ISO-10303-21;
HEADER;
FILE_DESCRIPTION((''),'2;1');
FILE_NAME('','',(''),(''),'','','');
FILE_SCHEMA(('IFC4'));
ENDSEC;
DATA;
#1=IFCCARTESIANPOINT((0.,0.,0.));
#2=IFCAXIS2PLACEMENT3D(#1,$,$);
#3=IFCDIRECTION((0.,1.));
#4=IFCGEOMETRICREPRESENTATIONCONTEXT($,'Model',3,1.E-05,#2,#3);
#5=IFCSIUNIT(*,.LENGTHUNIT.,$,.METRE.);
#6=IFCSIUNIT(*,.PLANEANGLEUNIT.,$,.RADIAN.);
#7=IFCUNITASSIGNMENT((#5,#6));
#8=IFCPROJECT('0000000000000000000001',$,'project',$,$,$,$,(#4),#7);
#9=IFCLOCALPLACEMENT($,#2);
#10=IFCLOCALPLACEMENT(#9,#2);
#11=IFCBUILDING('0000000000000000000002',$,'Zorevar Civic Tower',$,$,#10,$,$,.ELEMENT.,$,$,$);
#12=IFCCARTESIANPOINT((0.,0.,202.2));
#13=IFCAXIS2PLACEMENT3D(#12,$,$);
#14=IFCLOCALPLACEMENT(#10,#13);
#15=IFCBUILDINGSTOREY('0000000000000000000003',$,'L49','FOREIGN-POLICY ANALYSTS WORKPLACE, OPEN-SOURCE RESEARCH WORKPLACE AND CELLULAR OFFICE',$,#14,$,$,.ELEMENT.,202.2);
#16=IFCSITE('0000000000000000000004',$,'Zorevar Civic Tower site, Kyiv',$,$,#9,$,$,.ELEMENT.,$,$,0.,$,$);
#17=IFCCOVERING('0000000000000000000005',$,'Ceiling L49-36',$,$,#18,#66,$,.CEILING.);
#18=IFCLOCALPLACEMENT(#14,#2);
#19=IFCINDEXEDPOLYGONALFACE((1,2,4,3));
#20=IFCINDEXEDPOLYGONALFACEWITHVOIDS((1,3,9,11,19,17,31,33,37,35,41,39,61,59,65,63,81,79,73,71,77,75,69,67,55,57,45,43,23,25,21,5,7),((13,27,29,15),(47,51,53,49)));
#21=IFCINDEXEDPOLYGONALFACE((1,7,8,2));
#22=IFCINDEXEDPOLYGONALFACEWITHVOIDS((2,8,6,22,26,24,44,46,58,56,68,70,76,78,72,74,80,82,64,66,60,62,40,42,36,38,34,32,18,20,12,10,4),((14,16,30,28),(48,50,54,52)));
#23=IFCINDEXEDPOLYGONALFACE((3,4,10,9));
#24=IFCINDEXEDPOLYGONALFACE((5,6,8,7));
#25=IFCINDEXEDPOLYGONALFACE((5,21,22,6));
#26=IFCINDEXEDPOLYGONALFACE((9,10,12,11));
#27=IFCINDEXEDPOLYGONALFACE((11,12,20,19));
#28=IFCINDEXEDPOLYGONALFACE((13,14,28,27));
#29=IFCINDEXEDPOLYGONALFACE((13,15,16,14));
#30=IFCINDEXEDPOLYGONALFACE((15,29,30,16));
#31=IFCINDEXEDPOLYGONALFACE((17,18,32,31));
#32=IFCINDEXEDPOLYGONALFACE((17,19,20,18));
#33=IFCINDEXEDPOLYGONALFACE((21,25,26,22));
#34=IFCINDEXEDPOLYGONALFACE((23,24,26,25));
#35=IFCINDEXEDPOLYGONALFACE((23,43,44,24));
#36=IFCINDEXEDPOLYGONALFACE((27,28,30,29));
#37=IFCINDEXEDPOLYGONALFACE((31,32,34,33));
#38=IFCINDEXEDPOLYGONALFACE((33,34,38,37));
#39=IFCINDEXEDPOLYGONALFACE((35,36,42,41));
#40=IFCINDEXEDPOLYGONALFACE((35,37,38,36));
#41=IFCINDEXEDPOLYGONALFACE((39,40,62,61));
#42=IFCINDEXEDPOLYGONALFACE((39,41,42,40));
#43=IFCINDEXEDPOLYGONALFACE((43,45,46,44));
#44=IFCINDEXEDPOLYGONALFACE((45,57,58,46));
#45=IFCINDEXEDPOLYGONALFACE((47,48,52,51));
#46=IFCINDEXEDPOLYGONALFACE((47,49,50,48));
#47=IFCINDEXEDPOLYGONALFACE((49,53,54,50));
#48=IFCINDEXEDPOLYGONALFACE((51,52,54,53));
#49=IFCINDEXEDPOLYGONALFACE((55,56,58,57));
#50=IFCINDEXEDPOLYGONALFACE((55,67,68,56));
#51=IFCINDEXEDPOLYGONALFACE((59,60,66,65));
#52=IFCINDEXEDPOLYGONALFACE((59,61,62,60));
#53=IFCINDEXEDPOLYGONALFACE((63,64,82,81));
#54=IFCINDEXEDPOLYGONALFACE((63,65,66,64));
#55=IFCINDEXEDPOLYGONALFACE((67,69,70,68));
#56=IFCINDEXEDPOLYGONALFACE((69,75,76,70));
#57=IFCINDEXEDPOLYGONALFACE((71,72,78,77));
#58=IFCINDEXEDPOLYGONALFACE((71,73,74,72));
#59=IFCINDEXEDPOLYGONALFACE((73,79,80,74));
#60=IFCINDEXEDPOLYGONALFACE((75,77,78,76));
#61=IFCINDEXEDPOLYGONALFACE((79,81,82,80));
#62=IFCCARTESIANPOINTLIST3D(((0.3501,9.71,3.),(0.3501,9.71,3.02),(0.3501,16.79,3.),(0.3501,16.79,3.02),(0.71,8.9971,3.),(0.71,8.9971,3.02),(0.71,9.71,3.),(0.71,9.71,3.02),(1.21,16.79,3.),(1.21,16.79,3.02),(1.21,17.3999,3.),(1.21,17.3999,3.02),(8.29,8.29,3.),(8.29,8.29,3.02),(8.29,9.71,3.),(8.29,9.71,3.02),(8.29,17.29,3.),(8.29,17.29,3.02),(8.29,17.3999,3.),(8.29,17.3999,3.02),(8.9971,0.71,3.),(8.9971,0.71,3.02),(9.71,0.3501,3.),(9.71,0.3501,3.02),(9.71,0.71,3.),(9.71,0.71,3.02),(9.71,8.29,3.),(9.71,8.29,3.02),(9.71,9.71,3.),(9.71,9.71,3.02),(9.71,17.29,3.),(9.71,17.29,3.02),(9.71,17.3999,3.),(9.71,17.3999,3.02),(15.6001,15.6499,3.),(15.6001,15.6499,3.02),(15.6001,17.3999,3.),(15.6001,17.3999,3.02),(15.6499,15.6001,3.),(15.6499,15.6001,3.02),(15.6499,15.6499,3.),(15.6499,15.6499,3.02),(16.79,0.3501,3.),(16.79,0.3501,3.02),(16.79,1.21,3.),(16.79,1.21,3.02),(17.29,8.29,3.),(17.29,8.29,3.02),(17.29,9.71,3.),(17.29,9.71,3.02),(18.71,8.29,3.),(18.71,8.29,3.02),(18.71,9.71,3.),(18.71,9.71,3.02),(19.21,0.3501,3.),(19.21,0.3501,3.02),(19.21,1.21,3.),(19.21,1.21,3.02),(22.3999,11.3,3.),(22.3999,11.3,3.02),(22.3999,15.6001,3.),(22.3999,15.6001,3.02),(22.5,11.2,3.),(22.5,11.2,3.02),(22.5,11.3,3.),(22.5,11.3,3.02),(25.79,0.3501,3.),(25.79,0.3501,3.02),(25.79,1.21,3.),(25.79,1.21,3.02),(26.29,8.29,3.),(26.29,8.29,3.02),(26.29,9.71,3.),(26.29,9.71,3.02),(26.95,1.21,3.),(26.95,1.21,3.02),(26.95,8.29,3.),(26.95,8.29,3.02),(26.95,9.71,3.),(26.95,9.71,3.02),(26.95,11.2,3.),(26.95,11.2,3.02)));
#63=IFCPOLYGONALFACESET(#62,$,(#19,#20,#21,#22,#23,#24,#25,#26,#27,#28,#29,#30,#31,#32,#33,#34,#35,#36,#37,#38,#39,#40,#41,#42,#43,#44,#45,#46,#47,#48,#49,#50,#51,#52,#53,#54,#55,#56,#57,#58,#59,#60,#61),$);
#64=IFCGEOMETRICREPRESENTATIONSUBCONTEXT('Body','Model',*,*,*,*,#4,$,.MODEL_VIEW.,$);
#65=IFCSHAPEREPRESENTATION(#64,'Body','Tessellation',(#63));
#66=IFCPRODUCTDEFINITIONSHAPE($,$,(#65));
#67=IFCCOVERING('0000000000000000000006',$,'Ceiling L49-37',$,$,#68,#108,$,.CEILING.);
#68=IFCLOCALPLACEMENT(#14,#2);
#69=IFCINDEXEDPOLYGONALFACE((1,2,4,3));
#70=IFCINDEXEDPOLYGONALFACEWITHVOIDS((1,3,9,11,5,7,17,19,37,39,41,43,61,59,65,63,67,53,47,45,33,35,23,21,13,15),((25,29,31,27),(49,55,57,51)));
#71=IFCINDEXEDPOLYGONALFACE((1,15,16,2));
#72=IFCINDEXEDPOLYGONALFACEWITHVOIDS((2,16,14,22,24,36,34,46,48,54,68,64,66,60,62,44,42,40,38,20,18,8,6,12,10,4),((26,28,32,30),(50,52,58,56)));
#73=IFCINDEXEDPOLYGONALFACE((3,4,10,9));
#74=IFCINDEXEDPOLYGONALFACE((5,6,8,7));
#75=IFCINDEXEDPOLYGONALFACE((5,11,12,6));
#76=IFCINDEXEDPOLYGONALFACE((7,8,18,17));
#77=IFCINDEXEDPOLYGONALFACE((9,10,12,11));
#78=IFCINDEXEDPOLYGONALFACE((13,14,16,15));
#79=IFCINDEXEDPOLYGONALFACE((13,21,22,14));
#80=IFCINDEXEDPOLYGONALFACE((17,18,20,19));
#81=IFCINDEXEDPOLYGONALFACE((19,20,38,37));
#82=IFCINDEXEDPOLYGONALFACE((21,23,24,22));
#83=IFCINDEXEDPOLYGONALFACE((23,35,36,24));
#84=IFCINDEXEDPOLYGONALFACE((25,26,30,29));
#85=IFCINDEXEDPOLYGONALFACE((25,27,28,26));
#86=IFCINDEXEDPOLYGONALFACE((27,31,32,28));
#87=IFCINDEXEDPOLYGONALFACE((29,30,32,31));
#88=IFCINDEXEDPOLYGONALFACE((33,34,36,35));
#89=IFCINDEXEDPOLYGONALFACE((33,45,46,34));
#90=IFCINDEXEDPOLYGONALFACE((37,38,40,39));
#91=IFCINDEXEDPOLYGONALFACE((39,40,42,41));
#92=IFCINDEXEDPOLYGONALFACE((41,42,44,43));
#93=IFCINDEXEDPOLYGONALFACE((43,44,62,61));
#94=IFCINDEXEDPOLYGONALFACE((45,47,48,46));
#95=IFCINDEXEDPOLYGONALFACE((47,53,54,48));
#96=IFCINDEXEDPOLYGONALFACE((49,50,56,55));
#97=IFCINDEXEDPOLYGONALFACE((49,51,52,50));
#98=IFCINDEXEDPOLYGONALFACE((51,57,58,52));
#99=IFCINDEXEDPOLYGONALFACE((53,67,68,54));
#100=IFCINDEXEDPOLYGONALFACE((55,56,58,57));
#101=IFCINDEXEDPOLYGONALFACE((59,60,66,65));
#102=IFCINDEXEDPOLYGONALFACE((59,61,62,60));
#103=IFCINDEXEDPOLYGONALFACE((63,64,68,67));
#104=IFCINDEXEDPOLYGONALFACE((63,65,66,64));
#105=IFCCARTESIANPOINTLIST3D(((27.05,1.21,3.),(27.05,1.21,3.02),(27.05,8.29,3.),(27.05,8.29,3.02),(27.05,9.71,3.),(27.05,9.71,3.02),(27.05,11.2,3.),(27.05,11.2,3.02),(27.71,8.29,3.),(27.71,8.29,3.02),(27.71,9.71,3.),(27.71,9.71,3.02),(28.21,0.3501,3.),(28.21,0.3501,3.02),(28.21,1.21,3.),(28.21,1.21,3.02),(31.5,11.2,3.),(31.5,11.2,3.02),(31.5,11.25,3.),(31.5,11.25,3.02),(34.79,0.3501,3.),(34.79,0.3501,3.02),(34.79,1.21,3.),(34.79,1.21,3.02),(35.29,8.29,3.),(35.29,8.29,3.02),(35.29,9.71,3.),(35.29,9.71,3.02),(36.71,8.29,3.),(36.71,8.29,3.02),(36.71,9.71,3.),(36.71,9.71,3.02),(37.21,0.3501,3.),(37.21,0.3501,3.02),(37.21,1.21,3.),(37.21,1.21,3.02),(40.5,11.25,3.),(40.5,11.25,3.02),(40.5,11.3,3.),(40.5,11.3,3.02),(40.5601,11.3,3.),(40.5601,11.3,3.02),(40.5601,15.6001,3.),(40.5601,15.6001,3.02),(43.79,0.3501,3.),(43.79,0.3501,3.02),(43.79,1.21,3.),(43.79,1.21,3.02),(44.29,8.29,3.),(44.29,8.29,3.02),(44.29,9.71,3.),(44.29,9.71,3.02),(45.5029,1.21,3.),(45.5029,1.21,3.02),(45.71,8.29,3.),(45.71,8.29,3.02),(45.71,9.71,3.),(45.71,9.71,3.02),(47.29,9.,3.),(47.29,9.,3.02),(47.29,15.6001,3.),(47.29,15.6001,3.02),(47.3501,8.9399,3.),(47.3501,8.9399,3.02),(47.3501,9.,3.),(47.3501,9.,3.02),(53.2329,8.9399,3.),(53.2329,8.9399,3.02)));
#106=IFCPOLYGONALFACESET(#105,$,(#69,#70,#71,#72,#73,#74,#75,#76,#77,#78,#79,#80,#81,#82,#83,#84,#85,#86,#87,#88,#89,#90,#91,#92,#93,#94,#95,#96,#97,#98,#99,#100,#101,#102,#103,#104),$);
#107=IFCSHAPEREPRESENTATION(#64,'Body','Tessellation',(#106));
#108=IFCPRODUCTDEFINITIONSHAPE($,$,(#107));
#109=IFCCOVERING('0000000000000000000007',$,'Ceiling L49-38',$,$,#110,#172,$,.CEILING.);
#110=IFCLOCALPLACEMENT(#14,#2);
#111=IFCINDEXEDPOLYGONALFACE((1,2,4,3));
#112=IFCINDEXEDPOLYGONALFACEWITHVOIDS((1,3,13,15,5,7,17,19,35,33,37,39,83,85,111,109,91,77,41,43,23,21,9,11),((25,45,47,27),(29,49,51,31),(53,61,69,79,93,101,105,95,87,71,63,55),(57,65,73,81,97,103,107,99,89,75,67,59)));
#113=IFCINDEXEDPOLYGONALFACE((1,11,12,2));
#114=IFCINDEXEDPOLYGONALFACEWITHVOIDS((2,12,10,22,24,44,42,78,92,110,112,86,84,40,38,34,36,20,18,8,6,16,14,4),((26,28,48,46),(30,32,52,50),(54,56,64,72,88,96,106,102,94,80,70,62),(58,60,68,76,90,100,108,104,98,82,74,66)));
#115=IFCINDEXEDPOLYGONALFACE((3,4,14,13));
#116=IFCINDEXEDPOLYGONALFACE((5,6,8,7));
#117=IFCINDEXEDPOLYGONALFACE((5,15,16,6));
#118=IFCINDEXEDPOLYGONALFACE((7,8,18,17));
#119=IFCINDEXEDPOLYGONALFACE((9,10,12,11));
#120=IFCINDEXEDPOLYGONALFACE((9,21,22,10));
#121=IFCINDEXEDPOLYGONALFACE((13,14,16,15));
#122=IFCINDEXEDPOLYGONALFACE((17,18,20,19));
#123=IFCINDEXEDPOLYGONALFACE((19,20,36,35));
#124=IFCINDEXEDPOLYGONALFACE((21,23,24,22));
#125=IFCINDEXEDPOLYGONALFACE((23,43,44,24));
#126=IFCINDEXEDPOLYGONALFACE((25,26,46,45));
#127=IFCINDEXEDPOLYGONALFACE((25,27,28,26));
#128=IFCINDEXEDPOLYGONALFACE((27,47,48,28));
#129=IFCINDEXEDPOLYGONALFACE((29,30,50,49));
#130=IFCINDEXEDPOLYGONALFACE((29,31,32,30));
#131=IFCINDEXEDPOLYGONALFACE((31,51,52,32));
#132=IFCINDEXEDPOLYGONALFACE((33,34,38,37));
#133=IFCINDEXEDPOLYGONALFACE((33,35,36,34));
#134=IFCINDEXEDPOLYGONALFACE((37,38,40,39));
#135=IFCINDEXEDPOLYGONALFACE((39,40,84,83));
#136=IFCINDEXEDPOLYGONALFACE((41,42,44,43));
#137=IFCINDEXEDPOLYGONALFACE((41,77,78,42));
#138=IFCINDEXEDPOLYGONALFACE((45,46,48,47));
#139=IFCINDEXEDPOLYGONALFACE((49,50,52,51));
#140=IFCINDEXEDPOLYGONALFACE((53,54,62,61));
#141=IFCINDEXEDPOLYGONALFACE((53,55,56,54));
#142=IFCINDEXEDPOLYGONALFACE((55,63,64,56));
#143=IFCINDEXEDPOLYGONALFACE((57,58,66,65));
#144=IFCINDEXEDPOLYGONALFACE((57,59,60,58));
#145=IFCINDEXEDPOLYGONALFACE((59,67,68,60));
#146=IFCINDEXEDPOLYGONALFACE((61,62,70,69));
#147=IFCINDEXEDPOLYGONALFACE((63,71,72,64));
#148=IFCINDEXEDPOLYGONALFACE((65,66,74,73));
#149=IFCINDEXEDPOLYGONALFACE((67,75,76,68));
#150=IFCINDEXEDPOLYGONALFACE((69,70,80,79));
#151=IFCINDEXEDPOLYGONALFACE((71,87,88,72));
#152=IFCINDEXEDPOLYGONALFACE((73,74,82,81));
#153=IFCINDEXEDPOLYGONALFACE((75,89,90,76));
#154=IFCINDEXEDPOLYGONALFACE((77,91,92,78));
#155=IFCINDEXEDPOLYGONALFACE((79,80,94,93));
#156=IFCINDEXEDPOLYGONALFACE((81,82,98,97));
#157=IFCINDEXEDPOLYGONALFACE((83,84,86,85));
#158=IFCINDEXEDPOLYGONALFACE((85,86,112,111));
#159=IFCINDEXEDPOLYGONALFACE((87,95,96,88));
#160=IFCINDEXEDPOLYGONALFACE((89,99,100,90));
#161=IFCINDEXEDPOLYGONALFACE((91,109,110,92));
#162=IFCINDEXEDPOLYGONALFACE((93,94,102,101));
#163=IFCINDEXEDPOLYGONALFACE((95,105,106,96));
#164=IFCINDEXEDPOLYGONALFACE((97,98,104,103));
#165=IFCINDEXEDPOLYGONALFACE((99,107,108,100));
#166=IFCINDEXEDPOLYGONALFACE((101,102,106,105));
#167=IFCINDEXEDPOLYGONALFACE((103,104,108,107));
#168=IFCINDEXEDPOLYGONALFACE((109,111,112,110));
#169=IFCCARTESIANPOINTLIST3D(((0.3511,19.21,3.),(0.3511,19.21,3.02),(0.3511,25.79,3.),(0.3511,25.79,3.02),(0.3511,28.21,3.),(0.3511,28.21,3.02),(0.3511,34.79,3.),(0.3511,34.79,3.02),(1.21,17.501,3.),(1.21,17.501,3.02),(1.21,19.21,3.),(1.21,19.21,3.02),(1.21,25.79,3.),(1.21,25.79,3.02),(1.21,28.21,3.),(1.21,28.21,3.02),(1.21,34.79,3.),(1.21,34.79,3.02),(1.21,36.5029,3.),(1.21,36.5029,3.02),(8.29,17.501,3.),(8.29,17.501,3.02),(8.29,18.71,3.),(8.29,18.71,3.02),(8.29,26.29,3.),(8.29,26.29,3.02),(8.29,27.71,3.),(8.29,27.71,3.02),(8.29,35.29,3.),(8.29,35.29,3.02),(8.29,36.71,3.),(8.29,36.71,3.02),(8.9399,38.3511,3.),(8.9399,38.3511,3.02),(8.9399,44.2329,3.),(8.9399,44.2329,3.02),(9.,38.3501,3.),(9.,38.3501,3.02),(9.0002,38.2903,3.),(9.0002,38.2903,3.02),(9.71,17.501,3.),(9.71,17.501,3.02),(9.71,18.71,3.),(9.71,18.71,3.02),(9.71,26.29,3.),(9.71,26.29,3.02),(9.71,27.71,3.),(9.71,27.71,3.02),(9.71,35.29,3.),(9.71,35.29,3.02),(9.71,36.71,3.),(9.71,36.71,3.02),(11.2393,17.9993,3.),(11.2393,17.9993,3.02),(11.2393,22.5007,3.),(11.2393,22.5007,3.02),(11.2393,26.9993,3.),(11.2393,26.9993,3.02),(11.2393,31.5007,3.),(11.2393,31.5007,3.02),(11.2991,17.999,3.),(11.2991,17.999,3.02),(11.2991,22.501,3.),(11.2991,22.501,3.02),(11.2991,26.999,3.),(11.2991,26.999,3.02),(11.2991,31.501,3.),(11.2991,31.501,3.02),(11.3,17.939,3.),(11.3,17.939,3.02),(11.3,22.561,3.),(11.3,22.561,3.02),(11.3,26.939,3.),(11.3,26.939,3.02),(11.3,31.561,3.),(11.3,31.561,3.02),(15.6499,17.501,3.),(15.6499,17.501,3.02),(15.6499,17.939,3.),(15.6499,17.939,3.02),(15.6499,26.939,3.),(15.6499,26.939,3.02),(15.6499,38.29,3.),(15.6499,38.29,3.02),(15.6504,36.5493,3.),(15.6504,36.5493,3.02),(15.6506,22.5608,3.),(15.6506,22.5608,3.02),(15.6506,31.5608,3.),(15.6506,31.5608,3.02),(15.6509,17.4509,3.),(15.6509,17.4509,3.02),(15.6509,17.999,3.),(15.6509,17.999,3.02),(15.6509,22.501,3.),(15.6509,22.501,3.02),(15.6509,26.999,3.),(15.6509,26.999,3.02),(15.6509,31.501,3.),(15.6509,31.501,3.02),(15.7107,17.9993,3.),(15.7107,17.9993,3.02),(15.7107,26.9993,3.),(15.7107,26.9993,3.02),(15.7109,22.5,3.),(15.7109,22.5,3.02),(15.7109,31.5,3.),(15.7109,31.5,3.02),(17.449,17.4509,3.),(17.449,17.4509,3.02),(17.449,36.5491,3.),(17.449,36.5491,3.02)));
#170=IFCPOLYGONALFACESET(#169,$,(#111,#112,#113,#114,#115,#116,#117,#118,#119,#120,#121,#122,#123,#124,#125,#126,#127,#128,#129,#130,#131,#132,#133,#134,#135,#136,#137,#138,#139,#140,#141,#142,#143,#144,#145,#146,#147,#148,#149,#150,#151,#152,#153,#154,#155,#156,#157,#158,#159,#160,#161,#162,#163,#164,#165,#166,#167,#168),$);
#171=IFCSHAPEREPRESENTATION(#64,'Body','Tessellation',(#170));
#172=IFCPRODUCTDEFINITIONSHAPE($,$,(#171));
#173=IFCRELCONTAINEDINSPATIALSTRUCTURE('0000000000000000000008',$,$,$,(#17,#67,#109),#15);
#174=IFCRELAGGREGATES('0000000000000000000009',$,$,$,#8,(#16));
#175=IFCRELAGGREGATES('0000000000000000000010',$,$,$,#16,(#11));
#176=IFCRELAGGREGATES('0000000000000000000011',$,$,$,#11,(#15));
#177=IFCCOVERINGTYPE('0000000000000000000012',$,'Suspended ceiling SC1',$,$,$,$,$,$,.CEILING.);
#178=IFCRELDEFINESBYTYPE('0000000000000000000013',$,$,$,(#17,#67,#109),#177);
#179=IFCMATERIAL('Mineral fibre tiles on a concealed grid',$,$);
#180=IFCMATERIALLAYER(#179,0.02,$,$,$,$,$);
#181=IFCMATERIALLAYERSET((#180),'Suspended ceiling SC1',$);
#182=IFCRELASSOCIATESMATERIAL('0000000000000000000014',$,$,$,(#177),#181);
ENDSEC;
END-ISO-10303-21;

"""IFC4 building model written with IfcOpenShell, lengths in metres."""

from ifc_helpers import new_model, si_unit, direction, frame, origin, place, context, subcontext, project, spatial, polyline, outline, extrude, material, layer, layer_set, type_object, element, save


model = new_model("IFC4")

# Units and contexts
model_context = context("Model", 3, precision=1e-05, world=origin(), true_north=direction((0.0, 1.0)))
body_context = subcontext(model_context, "Body", "Model", "MODEL_VIEW")
ifc_project = project(units=[si_unit("LENGTHUNIT", "METRE"), si_unit("PLANEANGLEUNIT", "RADIAN")], contexts=[model_context])

# Site, building, storey
site_placement = place(None, origin())
site = spatial("IfcSite", under=ifc_project, at=site_placement, Name="Zorevar Civic Tower site, Kyiv", CompositionType="ELEMENT", RefElevation=0.0)
building_placement = place(site_placement, origin())
building = spatial("IfcBuilding", under=site, at=building_placement, Name="Zorevar Civic Tower", CompositionType="ELEMENT")
storey_placement = place(building_placement, frame((0.0, 0.0, 202.2)))
storey = spatial("IfcBuildingStorey", under=building, at=storey_placement, Name="L49", Description="FOREIGN-POLICY ANALYSTS WORKPLACE, OPEN-SOURCE RESEARCH WORKPLACE AND CELLULAR OFFICE", CompositionType="ELEMENT", Elevation=202.2)

# Coverings
ifc_material_1 = material(Name="Mineral fibre tiles on a concealed grid")
ifc_layer_1 = layer(ifc_material_1, 0.02)
ifc_layer_set_1 = layer_set([ifc_layer_1], Name="Suspended ceiling SC1")
covering_type_1 = type_object("IfcCoveringType", Name="Suspended ceiling SC1", PredefinedType="CEILING", material=ifc_layer_set_1)
covering_1_placement = place(storey_placement, frame((0.0, 0.0, 3.0)))
element("IfcCovering", 1, at=covering_1_placement, inside=storey, type_object=covering_type_1, Name="Ceiling L49-36", PredefinedType="CEILING", context=body_context, shape_type="SweptSolid", body=[
    extrude(outline(polyline([(8.29, 17.29), (9.71, 17.29), (9.71, 17.3999), (15.6001, 17.3999), (15.6001, 15.6499), (15.6499, 15.6499), (15.6499, 15.6001), (22.3999, 15.6001), (22.3999, 11.3), (22.5, 11.3), (22.5, 11.2), (26.95, 11.2), (26.95, 9.71), (26.29, 9.71), (26.29, 8.29), (26.95, 8.29), (26.95, 1.21), (25.79, 1.21), (25.79, 0.3501), (19.21, 0.3501), (19.21, 1.21), (16.79, 1.21), (16.79, 0.3501), (9.71, 0.3501), (9.71, 0.71), (8.9971, 0.71), (0.71, 8.9971), (0.71, 9.71), (0.3501, 9.71), (0.3501, 16.79), (1.21, 16.79), (1.21, 17.3999), (8.29, 17.3999), (8.29, 17.29)]), holes=[polyline([(8.29, 8.29), (9.71, 8.29), (9.71, 9.71), (8.29, 9.71), (8.29, 8.29)]), polyline([(18.71, 8.29), (18.71, 9.71), (17.29, 9.71), (17.29, 8.29), (18.71, 8.29)])]), origin(), (0.0, 0.0, 1.0), 0.02),
])
covering_2_placement = place(storey_placement, frame((0.0, 0.0, 3.0)))
element("IfcCovering", 2, at=covering_2_placement, inside=storey, type_object=covering_type_1, Name="Ceiling L49-37", PredefinedType="CEILING", context=body_context, shape_type="SweptSolid", body=[
    extrude(outline(polyline([(43.79, 1.21), (43.79, 0.3501), (37.21, 0.3501), (37.21, 1.21), (34.79, 1.21), (34.79, 0.3501), (28.21, 0.3501), (28.21, 1.21), (27.05, 1.21), (27.05, 8.29), (27.71, 8.29), (27.71, 9.71), (27.05, 9.71), (27.05, 11.2), (31.5, 11.2), (31.5, 11.25), (40.5, 11.25), (40.5, 11.3), (40.5601, 11.3), (40.5601, 15.6001), (47.29, 15.6001), (47.29, 9.0), (47.3501, 9.0), (47.3501, 8.9399), (53.2329, 8.9399), (45.5029, 1.21), (43.79, 1.21)]), holes=[polyline([(36.71, 9.71), (35.29, 9.71), (35.29, 8.29), (36.71, 8.29), (36.71, 9.71)]), polyline([(44.29, 8.29), (45.71, 8.29), (45.71, 9.71), (44.29, 9.71), (44.29, 8.29)])]), origin(), (0.0, 0.0, 1.0), 0.02),
])
covering_3_placement = place(storey_placement, frame((0.0, 0.0, 3.0)))
element("IfcCovering", 3, at=covering_3_placement, inside=storey, type_object=covering_type_1, Name="Ceiling L49-38", PredefinedType="CEILING", context=body_context, shape_type="SweptSolid", body=[
    extrude(outline(polyline([(8.9399, 38.3511), (9.0, 38.3501), (9.0002, 38.2903), (15.6499, 38.29), (15.6504, 36.5493), (17.449, 36.5491), (17.449, 17.4509), (15.6509, 17.4509), (15.6499, 17.501), (9.71, 17.501), (9.71, 18.71), (8.29, 18.71), (8.29, 17.501), (1.21, 17.501), (1.21, 19.21), (0.3511, 19.21), (0.3511, 25.79), (1.21, 25.79), (1.21, 28.21), (0.3511, 28.21), (0.3511, 34.79), (1.21, 34.79), (1.21, 36.5029), (8.9399, 44.2329), (8.9399, 38.3511)]), holes=[polyline([(15.6506, 22.5608), (11.3, 22.561), (11.2991, 22.501), (11.2393, 22.5007), (11.2393, 17.9993), (11.2991, 17.999), (11.3, 17.939), (15.6499, 17.939), (15.6509, 17.999), (15.7107, 17.9993), (15.7109, 22.5), (15.6509, 22.501), (15.6506, 22.5608)]), polyline([(15.6506, 31.5608), (11.3, 31.561), (11.2991, 31.501), (11.2393, 31.5007), (11.2393, 26.9993), (11.2991, 26.999), (11.3, 26.939), (15.6499, 26.939), (15.6509, 26.999), (15.7107, 26.9993), (15.7109, 31.5), (15.6509, 31.501), (15.6506, 31.5608)]), polyline([(9.71, 26.29), (9.71, 27.71), (8.29, 27.71), (8.29, 26.29), (9.71, 26.29)]), polyline([(8.29, 35.29), (9.71, 35.29), (9.71, 36.71), (8.29, 36.71), (8.29, 35.29)])]), origin(), (0.0, 0.0, 1.0), 0.02),
])

save(model, "model.ifc")
